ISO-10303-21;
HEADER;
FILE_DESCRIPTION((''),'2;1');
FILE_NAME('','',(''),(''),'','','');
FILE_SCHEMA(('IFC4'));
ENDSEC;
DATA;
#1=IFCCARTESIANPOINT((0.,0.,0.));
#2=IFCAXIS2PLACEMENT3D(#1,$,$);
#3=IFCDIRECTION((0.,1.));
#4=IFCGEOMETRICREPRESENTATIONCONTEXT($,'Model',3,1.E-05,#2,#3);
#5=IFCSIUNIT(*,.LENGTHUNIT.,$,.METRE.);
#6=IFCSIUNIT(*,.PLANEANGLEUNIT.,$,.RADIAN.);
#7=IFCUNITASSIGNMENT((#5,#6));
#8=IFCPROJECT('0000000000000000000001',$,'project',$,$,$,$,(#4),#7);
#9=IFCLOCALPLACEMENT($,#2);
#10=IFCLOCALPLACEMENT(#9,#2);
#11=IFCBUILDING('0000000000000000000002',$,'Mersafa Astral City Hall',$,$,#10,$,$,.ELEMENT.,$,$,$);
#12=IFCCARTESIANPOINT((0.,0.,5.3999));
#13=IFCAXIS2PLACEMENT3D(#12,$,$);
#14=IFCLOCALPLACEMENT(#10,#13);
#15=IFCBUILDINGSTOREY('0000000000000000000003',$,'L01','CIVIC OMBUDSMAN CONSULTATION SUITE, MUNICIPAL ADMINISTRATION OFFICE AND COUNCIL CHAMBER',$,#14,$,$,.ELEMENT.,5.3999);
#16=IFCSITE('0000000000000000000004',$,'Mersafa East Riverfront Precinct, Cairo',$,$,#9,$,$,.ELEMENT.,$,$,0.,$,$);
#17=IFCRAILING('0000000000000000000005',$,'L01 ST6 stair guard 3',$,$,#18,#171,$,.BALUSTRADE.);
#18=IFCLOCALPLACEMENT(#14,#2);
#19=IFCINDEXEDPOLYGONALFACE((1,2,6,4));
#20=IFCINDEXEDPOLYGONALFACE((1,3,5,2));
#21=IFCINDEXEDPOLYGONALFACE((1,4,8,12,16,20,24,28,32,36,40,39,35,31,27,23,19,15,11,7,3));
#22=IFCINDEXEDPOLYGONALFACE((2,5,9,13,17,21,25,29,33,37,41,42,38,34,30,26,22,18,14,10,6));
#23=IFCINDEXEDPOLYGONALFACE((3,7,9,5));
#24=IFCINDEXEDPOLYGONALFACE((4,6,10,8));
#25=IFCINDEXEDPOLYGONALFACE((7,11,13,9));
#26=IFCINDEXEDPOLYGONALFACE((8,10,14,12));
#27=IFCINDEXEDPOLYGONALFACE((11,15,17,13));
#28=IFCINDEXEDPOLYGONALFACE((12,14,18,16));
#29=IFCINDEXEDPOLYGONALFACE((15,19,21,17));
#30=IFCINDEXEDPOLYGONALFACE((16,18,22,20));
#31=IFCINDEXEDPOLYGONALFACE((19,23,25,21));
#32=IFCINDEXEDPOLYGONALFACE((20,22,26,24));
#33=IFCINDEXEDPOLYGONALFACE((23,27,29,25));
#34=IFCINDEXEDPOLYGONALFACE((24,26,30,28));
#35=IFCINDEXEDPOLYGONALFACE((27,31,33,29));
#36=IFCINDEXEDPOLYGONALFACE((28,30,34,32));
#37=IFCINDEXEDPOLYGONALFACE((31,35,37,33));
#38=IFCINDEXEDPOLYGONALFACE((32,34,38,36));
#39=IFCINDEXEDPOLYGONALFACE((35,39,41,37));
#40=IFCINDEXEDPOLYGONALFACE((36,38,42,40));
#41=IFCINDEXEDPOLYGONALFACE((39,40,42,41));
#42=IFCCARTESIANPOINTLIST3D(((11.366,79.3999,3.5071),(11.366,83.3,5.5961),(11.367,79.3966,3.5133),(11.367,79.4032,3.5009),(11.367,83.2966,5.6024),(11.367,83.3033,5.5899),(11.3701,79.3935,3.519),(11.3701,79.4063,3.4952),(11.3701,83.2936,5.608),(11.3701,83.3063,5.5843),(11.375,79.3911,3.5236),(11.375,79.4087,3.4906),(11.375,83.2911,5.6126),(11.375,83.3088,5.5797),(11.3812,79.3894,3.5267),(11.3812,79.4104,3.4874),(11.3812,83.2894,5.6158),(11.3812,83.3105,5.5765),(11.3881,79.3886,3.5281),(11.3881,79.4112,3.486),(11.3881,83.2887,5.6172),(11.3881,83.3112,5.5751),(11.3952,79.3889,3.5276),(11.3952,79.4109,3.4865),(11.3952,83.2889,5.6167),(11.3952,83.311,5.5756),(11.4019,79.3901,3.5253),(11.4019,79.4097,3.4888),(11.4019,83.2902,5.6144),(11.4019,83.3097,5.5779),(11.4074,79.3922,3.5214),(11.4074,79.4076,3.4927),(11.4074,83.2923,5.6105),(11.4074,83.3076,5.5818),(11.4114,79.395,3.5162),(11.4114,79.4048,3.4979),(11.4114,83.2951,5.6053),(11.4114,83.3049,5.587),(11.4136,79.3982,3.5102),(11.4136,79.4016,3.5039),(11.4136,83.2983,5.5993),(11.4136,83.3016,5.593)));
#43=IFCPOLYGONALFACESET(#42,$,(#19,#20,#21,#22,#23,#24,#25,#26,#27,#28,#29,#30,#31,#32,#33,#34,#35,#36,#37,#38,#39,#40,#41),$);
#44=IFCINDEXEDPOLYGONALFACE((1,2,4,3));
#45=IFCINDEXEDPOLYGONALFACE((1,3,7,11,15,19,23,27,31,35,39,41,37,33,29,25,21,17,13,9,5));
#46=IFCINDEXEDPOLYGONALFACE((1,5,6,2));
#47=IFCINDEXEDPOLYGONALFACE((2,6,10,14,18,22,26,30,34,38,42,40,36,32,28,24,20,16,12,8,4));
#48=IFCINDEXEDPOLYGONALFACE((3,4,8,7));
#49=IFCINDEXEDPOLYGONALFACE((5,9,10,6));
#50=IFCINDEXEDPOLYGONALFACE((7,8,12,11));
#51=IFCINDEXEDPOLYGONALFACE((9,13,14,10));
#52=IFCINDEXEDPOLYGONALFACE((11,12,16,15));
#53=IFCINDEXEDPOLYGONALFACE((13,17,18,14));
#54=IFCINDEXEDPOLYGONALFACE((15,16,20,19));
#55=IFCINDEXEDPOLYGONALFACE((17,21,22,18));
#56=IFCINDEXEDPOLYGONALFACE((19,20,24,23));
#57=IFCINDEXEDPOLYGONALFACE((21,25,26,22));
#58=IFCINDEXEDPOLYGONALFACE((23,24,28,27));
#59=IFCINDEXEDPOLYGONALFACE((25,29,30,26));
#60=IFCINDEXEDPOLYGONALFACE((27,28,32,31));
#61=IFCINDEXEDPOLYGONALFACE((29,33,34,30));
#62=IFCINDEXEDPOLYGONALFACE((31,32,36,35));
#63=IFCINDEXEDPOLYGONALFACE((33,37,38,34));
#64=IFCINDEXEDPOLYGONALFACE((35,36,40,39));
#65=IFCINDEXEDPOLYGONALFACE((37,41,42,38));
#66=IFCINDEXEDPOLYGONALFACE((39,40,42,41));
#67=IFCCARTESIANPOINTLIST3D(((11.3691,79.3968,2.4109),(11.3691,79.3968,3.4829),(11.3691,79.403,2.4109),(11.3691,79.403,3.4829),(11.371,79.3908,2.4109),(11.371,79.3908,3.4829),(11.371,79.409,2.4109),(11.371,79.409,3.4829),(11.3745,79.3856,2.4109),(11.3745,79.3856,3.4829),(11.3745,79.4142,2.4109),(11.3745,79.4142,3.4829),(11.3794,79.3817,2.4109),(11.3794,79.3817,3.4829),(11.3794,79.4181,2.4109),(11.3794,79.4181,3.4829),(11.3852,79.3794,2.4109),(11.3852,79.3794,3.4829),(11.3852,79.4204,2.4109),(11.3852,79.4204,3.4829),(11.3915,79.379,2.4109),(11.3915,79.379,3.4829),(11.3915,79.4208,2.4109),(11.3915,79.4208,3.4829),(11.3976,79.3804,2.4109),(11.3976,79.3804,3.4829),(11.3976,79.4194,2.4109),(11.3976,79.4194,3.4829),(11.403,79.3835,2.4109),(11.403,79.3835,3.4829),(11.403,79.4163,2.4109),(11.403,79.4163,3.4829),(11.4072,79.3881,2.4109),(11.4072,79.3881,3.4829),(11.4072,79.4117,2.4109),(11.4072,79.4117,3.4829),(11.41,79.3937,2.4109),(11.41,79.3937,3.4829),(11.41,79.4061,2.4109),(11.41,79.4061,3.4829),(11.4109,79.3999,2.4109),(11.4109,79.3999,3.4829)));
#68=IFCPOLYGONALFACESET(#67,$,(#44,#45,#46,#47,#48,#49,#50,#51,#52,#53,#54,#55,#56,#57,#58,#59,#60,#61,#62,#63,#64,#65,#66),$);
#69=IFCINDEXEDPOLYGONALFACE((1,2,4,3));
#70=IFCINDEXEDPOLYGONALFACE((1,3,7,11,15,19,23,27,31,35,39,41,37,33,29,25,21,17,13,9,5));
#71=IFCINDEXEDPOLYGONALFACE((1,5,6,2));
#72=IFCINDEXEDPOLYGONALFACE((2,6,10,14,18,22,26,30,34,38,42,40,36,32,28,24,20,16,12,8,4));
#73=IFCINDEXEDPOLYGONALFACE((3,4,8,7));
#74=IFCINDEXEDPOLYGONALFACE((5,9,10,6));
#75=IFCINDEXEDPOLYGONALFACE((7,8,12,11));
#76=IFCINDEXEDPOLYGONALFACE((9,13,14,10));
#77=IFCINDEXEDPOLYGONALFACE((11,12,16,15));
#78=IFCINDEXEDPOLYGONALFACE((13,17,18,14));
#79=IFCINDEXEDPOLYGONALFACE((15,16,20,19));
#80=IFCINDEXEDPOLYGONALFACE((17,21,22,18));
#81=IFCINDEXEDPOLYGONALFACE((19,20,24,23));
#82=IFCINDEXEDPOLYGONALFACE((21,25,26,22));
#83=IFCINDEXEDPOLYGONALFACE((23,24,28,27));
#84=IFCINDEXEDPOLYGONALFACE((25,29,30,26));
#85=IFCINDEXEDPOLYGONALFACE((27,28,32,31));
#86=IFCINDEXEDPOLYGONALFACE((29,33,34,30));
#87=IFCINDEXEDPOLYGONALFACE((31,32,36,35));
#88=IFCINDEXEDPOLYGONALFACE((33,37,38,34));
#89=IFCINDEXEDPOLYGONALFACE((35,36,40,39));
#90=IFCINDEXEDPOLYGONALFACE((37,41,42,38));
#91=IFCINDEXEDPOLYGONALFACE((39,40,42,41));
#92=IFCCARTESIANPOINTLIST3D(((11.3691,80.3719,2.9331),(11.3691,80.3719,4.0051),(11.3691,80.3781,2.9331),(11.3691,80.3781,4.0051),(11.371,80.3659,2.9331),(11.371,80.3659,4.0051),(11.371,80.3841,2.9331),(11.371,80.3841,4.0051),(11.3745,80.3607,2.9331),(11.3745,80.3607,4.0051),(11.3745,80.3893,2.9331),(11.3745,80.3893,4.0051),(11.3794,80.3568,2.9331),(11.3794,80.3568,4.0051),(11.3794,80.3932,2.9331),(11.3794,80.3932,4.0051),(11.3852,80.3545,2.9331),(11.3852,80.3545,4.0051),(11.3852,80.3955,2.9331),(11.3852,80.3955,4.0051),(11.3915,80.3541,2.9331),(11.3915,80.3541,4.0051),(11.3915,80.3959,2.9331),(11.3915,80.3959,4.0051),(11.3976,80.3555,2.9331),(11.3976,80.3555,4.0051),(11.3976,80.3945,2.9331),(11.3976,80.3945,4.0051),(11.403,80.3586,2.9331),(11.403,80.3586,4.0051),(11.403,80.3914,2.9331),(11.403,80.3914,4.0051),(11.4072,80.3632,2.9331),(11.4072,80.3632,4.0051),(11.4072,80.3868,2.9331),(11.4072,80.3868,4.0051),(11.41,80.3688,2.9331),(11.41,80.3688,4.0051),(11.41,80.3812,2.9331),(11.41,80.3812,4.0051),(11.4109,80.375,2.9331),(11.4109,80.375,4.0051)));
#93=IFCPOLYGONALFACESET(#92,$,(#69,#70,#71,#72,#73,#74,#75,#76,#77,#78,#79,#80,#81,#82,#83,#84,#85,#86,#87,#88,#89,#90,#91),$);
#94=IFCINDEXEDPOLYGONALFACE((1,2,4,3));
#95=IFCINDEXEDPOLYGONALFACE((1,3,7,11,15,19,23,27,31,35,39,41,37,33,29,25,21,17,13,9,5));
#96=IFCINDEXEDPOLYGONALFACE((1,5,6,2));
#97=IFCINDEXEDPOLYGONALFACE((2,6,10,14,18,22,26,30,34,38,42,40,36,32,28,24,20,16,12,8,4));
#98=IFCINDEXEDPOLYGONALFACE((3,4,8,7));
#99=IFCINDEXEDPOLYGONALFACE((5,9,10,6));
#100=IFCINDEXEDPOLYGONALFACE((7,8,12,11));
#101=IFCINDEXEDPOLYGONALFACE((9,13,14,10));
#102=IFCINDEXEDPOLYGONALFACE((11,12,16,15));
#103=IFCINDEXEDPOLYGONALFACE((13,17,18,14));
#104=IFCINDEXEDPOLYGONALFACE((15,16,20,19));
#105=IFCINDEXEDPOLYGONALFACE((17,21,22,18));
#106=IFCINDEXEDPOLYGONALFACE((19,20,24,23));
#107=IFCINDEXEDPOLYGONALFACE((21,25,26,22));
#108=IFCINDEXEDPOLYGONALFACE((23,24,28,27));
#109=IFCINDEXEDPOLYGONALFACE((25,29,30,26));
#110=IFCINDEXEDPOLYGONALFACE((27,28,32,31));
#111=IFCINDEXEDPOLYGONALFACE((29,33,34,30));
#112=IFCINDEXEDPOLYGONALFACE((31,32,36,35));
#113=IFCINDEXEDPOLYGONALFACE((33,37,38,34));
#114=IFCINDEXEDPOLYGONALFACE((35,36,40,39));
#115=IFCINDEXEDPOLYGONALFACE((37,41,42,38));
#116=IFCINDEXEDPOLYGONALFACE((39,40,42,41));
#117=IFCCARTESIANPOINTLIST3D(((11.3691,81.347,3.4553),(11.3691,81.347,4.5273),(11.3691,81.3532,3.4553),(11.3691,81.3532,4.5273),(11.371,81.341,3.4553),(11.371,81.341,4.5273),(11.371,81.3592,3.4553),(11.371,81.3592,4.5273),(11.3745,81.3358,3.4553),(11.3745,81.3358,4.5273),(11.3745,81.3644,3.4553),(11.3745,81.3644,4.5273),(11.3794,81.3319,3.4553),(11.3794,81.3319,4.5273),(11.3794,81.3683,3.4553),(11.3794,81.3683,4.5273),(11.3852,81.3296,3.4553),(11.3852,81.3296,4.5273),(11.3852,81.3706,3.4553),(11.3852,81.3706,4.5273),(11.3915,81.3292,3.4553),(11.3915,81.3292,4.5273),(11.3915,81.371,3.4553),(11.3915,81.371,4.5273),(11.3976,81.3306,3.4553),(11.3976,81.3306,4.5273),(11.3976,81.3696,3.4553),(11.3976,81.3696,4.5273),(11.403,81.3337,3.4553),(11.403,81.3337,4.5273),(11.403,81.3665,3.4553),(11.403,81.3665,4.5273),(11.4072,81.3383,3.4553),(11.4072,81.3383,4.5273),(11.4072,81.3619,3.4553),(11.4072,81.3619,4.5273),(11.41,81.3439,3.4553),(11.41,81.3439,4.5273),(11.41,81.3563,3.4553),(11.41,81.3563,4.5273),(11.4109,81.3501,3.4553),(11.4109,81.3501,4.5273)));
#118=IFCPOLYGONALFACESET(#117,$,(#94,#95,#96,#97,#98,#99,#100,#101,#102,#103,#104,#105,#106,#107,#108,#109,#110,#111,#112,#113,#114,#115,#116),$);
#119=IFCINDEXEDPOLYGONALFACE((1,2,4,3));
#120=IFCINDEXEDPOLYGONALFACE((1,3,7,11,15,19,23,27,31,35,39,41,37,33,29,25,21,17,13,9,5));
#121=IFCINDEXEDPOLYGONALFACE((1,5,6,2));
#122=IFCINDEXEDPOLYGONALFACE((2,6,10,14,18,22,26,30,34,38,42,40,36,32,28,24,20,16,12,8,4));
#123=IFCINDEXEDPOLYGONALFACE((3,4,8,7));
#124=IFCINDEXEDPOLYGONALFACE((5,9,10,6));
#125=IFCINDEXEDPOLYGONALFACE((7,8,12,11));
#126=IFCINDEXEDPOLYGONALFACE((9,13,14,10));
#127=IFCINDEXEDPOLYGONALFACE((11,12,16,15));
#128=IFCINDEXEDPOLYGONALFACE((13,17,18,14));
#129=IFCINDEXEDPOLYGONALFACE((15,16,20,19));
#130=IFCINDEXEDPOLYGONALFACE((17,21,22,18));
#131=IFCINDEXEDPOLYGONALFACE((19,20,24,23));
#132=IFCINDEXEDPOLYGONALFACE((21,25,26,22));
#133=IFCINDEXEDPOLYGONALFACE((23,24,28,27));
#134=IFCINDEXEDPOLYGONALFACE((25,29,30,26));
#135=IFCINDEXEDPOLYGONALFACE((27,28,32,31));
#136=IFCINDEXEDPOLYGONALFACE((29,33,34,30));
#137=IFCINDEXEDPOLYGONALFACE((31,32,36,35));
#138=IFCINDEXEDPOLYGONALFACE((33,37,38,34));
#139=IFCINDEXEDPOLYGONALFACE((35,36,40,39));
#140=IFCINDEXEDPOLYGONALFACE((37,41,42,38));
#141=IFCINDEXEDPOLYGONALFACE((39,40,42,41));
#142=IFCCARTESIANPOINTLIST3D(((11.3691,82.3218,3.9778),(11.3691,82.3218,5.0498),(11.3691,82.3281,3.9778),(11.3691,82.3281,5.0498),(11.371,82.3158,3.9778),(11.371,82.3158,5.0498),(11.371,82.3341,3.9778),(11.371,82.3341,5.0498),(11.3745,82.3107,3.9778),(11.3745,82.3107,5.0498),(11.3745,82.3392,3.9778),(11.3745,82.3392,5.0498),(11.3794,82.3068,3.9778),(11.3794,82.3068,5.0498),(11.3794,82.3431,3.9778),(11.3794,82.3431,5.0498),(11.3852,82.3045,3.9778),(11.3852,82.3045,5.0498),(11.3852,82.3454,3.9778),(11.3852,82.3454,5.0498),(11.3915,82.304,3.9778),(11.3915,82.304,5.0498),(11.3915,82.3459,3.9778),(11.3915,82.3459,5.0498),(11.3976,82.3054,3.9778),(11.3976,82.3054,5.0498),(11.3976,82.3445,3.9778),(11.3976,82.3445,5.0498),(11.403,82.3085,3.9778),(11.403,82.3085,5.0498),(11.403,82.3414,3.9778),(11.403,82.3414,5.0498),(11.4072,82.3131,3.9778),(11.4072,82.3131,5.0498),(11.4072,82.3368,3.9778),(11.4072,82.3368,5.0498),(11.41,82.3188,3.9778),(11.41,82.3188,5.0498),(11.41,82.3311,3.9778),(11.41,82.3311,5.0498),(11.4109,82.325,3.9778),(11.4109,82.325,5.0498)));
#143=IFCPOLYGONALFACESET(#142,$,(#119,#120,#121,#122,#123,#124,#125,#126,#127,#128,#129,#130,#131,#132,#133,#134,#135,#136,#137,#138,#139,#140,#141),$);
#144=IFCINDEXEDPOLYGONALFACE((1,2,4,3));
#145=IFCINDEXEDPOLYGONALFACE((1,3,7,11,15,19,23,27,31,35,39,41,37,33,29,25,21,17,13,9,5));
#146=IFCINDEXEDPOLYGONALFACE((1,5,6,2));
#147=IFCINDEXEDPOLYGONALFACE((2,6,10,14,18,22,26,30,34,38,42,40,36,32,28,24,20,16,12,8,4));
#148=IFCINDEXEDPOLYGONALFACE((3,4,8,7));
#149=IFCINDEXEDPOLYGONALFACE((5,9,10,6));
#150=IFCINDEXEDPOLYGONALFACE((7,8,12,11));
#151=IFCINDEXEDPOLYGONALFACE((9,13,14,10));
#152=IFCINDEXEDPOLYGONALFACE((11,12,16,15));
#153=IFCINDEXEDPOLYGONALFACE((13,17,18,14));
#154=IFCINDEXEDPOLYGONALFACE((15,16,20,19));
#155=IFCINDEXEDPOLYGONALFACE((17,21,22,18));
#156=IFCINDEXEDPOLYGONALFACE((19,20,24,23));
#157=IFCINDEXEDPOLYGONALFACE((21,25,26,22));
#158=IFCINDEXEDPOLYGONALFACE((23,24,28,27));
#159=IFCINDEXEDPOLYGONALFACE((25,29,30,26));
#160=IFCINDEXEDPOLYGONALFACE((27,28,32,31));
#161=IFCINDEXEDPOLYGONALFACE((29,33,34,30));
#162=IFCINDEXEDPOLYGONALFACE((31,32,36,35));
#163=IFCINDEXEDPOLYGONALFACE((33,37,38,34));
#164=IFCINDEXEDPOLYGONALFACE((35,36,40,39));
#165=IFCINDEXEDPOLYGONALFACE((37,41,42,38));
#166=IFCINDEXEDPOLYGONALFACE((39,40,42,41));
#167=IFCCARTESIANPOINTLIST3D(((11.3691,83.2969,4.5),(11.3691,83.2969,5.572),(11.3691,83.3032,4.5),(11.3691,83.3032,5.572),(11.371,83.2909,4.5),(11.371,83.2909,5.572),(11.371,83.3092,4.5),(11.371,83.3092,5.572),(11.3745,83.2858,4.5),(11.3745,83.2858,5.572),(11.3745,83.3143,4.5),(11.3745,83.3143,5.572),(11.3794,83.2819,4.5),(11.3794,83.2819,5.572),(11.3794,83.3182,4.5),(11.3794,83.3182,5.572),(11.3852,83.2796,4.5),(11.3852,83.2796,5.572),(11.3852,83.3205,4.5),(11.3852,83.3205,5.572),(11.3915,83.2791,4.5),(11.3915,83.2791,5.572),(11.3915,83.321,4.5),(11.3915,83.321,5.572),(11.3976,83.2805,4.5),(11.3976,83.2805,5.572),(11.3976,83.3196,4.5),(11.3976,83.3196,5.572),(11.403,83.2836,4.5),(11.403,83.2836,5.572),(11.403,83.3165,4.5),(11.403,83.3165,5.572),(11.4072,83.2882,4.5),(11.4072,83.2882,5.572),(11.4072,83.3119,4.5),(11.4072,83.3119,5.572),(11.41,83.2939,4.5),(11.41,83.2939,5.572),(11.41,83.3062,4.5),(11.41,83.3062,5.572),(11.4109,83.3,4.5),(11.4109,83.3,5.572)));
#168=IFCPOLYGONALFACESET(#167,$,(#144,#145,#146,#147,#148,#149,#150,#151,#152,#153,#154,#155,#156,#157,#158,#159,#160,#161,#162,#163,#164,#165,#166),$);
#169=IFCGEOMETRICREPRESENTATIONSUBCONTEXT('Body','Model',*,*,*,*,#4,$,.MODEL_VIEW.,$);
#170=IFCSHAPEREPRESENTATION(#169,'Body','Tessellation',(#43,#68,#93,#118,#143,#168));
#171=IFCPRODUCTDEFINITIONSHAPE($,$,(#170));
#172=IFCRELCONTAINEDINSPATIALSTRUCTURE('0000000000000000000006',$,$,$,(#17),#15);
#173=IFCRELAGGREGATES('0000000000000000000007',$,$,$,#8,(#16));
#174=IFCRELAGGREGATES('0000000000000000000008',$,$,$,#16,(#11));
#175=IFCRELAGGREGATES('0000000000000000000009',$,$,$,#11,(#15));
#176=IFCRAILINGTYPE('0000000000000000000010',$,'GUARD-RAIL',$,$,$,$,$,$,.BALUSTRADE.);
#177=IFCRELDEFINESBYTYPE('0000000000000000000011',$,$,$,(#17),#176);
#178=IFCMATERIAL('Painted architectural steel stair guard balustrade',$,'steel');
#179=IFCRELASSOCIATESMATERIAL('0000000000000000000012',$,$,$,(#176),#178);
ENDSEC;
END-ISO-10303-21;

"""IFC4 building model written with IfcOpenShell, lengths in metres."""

from ifc_helpers import new_model, si_unit, direction, frame, origin, origin_2d, place, context, subcontext, project, spatial, circle, extrude, material, type_object, element, save


model = new_model("IFC4")

# Units and contexts
model_context = context("Model", 3, precision=1e-05, world=origin(), true_north=direction((0.0, 1.0)))
body_context = subcontext(model_context, "Body", "Model", "MODEL_VIEW")
ifc_project = project(units=[si_unit("LENGTHUNIT", "METRE"), si_unit("PLANEANGLEUNIT", "RADIAN")], contexts=[model_context])

# Site, building, storey
site_placement = place(None, origin())
site = spatial("IfcSite", under=ifc_project, at=site_placement, Name="Mersafa East Riverfront Precinct, Cairo", CompositionType="ELEMENT", RefElevation=0.0)
building_placement = place(site_placement, origin())
building = spatial("IfcBuilding", under=site, at=building_placement, Name="Mersafa Astral City Hall", CompositionType="ELEMENT")
storey_placement = place(building_placement, frame((0.0, 0.0, 5.3999)))
storey = spatial("IfcBuildingStorey", under=building, at=storey_placement, Name="L01", Description="CIVIC OMBUDSMAN CONSULTATION SUITE, MUNICIPAL ADMINISTRATION OFFICE AND COUNCIL CHAMBER", CompositionType="ELEMENT", Elevation=5.3999)

# Railing
ifc_material_1 = material(Name="Painted architectural steel stair guard balustrade", Category="steel")
railing_type_1 = type_object("IfcRailingType", Name="GUARD-RAIL", PredefinedType="BALUSTRADE", material=ifc_material_1)
railing_1_placement = place(storey_placement, frame((11.3899, 79.3999, 2.4109)))
element("IfcRailing", 1, at=railing_1_placement, inside=storey, type_object=railing_type_1, Name="L01 ST6 stair guard 3", PredefinedType="BALUSTRADE", context=body_context, shape_type="SweptSolid", body=[
    extrude(circle(Radius=0.0239, at=origin_2d()), frame((0.0, 0.0, 1.0962), z_axis=(0.0, 0.881504, 0.472177), x_axis=(-1.0, 0.0, 0.0)), (0.0, 0.0, 1.0), 4.4243),
    extrude(circle(Radius=0.021, at=origin_2d()), origin(), (0.0, 0.0, 1.0), 1.072),
    extrude(circle(Radius=0.021, at=origin_2d()), frame((0.0, 0.9751, 0.5222)), (0.0, 0.0, 1.0), 1.072),
    extrude(circle(Radius=0.021, at=origin_2d()), frame((0.0, 1.9502, 1.0444)), (0.0, 0.0, 1.0), 1.072),
    extrude(circle(Radius=0.021, at=origin_2d()), frame((0.0, 2.925, 1.5669)), (0.0, 0.0, 1.0), 1.072),
    extrude(circle(Radius=0.021, at=origin_2d()), frame((0.0, 3.9001, 2.0891)), (0.0, 0.0, 1.0), 1.072),
])

save(model, "model.ifc")
